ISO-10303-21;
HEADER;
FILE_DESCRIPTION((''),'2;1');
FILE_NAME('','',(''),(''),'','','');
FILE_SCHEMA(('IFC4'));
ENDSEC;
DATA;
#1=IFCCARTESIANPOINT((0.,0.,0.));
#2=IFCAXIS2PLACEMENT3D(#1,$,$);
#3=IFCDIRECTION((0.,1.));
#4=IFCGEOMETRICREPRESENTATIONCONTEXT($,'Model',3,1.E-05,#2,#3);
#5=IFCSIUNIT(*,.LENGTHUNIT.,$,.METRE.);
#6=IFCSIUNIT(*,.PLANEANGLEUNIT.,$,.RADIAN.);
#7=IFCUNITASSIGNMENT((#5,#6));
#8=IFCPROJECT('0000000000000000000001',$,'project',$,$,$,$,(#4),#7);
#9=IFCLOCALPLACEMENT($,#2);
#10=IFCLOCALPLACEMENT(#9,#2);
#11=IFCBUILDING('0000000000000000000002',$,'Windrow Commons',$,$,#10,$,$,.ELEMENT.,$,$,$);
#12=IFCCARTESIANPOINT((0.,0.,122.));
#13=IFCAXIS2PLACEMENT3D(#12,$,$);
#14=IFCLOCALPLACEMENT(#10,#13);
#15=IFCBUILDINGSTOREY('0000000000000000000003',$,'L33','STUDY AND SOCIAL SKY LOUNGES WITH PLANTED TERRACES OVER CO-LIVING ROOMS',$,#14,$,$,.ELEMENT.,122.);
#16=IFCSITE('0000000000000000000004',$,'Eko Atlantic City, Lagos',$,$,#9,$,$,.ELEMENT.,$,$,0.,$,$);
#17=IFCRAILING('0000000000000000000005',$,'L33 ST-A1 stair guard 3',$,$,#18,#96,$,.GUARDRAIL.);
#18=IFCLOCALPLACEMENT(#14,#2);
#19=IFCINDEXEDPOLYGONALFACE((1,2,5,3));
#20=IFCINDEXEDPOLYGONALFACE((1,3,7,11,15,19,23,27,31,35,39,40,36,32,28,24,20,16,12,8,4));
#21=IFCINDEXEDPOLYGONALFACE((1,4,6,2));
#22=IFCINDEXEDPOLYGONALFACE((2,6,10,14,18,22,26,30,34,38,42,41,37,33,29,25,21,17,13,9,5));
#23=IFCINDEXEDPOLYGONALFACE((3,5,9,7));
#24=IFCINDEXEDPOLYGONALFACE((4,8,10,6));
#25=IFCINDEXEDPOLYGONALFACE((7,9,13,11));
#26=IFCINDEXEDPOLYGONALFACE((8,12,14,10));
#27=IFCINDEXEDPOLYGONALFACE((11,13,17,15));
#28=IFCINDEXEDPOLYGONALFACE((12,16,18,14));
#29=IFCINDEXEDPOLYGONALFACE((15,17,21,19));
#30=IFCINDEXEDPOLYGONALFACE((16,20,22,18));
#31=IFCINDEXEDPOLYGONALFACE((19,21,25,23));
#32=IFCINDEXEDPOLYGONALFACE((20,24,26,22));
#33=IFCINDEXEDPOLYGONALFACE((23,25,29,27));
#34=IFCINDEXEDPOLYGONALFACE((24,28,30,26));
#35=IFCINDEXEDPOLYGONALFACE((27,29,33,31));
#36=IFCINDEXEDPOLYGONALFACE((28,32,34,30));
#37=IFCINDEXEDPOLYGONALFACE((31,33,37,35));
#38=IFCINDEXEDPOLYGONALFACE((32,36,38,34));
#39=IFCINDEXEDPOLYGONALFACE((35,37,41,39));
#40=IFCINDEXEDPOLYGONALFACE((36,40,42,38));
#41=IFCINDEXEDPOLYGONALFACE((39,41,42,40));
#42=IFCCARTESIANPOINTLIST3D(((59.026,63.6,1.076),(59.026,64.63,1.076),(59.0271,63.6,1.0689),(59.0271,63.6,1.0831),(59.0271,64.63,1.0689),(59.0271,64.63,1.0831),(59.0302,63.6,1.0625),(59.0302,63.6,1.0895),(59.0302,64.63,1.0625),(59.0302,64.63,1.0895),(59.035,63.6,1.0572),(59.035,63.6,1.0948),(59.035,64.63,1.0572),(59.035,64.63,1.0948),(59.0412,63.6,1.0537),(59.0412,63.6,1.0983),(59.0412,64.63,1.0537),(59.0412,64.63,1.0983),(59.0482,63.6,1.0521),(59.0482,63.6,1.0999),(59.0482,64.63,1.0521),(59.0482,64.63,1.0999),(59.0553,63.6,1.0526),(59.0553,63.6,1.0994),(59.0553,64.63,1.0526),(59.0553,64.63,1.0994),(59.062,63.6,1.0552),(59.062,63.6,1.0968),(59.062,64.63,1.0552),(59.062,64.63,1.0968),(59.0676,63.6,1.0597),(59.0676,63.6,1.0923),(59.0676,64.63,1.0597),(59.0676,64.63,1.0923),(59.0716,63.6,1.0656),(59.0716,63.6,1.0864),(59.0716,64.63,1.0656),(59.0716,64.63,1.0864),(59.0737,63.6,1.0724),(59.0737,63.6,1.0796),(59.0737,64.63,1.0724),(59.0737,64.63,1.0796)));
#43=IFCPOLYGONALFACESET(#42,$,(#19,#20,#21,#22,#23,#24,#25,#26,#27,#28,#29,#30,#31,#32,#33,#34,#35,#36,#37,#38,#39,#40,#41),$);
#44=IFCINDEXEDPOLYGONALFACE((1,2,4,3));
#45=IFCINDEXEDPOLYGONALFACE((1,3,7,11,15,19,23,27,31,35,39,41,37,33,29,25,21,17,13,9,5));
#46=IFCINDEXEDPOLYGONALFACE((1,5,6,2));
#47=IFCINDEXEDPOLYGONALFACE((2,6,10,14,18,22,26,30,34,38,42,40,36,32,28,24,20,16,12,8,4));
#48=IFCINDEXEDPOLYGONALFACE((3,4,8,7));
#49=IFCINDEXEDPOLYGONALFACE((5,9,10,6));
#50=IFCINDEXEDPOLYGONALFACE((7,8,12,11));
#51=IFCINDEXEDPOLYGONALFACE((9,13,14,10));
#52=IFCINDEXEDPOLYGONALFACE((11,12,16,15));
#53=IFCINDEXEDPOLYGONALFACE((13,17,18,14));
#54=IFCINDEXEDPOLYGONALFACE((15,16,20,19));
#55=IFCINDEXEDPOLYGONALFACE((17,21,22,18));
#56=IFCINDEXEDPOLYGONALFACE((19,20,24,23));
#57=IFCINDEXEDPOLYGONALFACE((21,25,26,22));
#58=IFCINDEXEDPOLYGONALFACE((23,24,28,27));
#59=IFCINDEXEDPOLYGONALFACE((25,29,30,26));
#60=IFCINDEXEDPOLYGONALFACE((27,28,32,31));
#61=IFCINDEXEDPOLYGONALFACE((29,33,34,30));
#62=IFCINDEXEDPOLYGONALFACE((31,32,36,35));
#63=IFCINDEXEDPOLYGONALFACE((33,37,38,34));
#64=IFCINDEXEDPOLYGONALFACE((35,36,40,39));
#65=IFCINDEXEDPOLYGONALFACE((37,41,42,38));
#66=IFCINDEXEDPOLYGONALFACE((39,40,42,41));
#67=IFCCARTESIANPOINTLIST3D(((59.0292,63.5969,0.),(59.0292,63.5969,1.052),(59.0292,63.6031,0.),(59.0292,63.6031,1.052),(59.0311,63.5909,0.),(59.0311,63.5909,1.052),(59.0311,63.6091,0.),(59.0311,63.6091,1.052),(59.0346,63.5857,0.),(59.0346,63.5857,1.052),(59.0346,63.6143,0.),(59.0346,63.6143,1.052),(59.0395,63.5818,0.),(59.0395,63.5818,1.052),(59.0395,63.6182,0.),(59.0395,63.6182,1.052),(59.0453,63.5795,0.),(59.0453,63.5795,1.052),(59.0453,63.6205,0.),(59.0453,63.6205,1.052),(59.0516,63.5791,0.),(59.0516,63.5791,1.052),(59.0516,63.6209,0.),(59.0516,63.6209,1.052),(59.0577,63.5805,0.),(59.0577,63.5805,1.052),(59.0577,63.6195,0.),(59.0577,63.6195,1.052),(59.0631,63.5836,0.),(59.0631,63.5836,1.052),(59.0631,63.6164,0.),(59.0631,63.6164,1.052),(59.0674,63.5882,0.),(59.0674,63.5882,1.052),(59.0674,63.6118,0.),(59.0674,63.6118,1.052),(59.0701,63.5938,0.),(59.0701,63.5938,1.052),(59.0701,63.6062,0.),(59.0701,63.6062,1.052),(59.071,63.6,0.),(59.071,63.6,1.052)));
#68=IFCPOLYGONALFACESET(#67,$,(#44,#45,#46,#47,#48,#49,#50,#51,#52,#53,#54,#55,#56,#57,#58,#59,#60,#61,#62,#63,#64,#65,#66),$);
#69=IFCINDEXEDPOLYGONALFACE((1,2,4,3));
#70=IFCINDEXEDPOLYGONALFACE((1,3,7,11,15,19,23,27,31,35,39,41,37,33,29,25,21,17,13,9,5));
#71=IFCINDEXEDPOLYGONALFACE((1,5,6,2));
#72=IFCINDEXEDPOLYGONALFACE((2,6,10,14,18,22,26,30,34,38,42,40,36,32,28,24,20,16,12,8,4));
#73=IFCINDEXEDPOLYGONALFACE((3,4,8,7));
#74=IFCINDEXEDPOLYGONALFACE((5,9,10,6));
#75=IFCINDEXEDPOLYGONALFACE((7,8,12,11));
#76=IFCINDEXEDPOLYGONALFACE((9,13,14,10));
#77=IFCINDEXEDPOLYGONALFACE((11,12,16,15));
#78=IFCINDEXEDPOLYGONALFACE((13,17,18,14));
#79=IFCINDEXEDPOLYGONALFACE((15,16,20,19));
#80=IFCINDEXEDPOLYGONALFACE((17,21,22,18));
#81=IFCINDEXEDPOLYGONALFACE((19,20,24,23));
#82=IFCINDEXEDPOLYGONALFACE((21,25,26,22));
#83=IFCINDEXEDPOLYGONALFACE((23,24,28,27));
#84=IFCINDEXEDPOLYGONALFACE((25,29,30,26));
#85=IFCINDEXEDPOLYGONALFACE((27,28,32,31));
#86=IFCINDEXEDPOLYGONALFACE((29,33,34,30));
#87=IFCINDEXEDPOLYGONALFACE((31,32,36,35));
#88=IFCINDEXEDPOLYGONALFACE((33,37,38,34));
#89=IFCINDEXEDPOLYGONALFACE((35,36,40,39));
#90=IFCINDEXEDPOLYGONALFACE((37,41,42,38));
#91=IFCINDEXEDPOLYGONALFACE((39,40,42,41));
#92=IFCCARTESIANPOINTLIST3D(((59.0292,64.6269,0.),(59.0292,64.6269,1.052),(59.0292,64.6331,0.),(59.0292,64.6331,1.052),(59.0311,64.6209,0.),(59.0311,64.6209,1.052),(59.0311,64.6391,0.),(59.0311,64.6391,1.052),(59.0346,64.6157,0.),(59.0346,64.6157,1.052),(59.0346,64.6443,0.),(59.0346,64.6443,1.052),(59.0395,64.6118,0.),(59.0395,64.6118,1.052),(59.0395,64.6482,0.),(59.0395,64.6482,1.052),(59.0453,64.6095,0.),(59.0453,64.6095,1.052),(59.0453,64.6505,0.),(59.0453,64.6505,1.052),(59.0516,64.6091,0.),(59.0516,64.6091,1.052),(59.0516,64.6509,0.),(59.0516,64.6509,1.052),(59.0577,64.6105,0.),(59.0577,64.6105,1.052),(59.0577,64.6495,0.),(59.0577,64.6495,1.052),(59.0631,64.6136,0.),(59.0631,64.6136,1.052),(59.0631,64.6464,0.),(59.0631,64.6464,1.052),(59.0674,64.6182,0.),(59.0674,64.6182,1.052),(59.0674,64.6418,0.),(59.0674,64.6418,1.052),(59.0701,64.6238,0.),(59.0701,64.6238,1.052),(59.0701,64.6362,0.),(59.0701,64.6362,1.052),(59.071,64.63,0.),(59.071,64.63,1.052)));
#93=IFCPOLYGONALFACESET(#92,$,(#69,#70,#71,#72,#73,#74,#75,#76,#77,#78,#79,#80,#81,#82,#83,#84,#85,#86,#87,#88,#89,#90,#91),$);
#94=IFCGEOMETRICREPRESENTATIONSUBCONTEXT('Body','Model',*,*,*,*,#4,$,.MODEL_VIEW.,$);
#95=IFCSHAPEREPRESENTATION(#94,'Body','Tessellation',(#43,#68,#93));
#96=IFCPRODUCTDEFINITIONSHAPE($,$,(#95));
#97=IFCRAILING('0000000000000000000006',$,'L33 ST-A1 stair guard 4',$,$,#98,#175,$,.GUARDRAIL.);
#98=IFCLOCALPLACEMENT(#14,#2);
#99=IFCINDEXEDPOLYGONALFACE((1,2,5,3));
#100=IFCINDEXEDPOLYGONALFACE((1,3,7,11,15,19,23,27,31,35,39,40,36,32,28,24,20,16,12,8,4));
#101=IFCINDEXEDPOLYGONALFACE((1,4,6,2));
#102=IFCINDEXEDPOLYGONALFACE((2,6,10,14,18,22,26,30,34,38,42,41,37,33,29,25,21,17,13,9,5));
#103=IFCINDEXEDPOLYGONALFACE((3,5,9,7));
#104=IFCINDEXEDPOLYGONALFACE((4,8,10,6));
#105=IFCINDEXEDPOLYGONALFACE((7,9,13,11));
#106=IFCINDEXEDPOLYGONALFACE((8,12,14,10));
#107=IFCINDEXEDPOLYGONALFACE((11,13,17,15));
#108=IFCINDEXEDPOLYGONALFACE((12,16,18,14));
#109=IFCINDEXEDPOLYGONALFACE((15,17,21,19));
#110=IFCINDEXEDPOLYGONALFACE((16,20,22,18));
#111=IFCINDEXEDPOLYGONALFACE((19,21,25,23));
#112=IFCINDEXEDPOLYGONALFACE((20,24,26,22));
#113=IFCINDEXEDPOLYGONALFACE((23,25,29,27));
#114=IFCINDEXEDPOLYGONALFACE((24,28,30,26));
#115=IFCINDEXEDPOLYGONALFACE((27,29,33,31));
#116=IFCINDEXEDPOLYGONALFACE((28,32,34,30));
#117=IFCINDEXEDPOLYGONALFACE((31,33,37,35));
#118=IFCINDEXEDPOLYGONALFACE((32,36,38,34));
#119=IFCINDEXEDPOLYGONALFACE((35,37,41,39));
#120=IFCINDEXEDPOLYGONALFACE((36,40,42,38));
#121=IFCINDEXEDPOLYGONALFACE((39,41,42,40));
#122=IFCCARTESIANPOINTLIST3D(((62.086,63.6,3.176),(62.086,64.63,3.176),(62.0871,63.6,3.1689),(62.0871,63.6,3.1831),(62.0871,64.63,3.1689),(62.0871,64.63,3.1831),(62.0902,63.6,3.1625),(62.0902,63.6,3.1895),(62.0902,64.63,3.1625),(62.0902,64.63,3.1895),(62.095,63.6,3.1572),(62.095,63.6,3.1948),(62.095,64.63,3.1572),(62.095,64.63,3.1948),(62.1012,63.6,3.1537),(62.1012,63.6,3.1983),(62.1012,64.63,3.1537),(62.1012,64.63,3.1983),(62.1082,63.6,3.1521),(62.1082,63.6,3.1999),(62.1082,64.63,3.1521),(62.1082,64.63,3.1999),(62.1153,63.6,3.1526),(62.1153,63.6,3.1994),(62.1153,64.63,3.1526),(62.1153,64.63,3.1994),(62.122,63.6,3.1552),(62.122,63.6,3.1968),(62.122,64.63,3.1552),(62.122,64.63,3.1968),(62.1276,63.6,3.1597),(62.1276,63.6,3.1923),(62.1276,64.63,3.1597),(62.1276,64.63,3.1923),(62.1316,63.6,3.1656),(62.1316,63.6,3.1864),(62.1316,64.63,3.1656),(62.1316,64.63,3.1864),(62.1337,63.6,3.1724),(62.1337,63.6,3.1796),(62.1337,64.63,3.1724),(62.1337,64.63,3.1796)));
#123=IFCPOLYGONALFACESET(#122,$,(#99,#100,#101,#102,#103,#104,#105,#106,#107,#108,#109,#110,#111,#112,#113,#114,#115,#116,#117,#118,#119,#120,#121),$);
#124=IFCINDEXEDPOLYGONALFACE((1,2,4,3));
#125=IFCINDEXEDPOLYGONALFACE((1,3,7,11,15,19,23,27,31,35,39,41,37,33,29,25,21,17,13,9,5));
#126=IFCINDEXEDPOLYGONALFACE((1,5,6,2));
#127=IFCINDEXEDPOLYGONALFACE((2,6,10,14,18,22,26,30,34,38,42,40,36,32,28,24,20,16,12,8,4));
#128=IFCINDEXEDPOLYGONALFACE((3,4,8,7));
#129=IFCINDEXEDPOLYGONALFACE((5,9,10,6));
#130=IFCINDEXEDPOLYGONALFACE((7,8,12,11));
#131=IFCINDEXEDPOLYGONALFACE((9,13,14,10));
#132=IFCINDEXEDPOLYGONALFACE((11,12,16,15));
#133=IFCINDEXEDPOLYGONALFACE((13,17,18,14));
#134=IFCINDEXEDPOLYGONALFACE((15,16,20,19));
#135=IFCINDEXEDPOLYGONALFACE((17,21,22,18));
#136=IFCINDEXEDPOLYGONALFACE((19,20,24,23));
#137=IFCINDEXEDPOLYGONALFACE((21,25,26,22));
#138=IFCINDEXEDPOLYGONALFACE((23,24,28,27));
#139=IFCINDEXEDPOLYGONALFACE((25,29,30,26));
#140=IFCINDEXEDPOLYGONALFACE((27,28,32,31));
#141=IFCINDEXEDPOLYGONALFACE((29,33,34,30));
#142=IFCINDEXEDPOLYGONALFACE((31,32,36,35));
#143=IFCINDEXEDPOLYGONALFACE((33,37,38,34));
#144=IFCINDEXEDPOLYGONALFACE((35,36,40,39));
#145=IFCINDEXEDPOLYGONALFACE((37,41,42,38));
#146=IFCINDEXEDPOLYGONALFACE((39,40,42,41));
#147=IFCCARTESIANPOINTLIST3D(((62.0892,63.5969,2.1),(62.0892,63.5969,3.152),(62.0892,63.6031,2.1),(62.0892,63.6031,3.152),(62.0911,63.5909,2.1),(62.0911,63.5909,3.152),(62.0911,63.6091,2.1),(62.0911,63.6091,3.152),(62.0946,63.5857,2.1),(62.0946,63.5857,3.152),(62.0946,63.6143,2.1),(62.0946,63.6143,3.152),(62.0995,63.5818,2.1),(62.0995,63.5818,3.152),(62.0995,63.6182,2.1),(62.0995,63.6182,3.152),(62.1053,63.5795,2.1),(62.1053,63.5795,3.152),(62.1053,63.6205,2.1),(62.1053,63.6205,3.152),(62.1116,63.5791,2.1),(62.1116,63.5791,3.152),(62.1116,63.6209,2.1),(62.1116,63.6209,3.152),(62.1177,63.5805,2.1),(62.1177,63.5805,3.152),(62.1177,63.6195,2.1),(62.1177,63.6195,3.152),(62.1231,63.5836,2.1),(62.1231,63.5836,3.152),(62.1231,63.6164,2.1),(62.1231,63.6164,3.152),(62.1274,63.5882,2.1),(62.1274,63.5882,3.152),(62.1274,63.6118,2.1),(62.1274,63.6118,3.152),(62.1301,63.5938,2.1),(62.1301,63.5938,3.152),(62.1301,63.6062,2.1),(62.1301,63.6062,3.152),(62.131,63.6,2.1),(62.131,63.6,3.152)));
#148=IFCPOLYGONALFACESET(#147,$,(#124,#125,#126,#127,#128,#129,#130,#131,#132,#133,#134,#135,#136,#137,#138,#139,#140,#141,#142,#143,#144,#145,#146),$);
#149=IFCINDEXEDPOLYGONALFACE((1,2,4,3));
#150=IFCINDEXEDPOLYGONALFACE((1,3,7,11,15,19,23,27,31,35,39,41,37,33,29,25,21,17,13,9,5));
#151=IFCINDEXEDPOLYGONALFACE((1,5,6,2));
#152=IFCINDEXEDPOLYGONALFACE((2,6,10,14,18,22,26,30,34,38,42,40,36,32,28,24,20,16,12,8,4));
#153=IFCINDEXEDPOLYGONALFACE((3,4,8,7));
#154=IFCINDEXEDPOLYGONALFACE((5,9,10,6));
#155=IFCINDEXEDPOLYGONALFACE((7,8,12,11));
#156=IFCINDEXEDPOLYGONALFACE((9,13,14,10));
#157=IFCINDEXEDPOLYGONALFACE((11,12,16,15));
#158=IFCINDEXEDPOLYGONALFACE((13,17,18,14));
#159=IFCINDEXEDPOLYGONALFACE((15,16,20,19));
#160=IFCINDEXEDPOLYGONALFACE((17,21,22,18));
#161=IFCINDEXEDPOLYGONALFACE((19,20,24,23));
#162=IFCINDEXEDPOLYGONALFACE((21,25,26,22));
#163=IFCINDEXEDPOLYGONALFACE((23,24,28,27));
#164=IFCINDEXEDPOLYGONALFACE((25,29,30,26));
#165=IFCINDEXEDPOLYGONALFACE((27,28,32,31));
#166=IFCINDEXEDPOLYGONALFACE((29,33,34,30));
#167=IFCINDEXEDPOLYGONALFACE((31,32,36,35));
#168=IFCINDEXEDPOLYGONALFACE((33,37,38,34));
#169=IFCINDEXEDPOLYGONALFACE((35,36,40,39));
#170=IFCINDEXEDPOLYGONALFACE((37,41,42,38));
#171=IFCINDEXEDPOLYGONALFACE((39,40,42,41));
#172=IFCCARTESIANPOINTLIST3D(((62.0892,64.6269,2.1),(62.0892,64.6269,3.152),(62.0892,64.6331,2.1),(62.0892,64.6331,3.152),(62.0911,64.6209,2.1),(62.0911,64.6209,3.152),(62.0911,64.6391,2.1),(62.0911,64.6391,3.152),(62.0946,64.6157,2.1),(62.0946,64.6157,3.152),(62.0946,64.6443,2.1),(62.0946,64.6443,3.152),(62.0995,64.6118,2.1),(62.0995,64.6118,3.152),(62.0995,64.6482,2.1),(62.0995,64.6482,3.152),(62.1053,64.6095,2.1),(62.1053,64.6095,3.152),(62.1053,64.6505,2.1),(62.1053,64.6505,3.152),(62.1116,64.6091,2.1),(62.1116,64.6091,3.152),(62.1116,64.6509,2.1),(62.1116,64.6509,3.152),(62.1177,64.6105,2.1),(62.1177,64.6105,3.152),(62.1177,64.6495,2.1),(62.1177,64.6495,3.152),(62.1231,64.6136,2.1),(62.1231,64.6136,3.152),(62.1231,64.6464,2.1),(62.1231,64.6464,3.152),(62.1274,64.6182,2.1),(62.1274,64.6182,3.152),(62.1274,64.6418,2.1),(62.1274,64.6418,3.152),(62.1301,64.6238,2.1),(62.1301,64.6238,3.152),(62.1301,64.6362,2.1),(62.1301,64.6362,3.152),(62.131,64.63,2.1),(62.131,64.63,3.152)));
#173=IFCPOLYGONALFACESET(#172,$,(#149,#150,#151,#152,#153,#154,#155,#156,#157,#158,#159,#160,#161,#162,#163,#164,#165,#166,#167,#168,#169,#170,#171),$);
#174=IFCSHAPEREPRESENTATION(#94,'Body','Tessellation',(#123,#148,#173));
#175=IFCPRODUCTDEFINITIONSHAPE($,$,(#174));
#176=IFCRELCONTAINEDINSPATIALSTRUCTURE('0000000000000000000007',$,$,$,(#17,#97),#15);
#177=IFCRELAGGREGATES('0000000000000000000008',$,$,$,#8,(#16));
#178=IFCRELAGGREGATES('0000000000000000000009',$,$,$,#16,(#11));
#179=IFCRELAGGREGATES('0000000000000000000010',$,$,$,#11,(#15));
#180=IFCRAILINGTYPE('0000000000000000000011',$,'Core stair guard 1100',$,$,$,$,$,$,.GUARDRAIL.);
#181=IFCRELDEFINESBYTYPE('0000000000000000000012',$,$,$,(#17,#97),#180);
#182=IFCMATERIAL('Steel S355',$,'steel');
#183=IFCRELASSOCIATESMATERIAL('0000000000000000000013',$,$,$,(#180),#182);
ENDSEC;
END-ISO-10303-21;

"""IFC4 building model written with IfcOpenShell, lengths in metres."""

from ifc_helpers import new_model, si_unit, direction, frame, origin, origin_2d, place, context, subcontext, project, spatial, circle, extrude, material, type_object, element, save


model = new_model("IFC4")

# Units and contexts
model_context = context("Model", 3, precision=1e-05, world=origin(), true_north=direction((0.0, 1.0)))
body_context = subcontext(model_context, "Body", "Model", "MODEL_VIEW")
ifc_project = project(units=[si_unit("LENGTHUNIT", "METRE"), si_unit("PLANEANGLEUNIT", "RADIAN")], contexts=[model_context])

# Site, building, storey
site_placement = place(None, origin())
site = spatial("IfcSite", under=ifc_project, at=site_placement, Name="Eko Atlantic City, Lagos", CompositionType="ELEMENT", RefElevation=0.0)
building_placement = place(site_placement, origin())
building = spatial("IfcBuilding", under=site, at=building_placement, Name="Windrow Commons", CompositionType="ELEMENT")
storey_placement = place(building_placement, frame((0.0, 0.0, 122.0)))
storey = spatial("IfcBuildingStorey", under=building, at=storey_placement, Name="L33", Description="STUDY AND SOCIAL SKY LOUNGES WITH PLANTED TERRACES OVER CO-LIVING ROOMS", CompositionType="ELEMENT", Elevation=122.0)

# Railings
ifc_material_1 = material(Name="Steel S355", Category="steel")
railing_type_1 = type_object("IfcRailingType", Name="Core stair guard 1100", PredefinedType="GUARDRAIL", material=ifc_material_1)
for number, where, name in (
    (1, (59.05, 63.6, 0.0), "L33 ST-A1 stair guard 3"),
    (2, (62.11, 63.6, 2.1), "L33 ST-A1 stair guard 4"),
):
    element("IfcRailing", number, at=place(storey_placement, frame(where)), inside=storey, type_object=railing_type_1, Name=name, PredefinedType="GUARDRAIL", context=body_context, shape_type="SweptSolid", body=[
        extrude(circle(Radius=0.024, at=origin_2d()), frame((0.0, 0.0, 1.076), z_axis=(0.0, 1.0, 0.0), x_axis=(-1.0, 0.0, 0.0)), (0.0, 0.0, 1.0), 1.03),
        extrude(circle(Radius=0.021, at=origin_2d()), origin(), (0.0, 0.0, 1.0), 1.052),
        extrude(circle(Radius=0.021, at=origin_2d()), frame((0.0, 1.03, 0.0)), (0.0, 0.0, 1.0), 1.052),
    ])

save(model, "model.ifc")
